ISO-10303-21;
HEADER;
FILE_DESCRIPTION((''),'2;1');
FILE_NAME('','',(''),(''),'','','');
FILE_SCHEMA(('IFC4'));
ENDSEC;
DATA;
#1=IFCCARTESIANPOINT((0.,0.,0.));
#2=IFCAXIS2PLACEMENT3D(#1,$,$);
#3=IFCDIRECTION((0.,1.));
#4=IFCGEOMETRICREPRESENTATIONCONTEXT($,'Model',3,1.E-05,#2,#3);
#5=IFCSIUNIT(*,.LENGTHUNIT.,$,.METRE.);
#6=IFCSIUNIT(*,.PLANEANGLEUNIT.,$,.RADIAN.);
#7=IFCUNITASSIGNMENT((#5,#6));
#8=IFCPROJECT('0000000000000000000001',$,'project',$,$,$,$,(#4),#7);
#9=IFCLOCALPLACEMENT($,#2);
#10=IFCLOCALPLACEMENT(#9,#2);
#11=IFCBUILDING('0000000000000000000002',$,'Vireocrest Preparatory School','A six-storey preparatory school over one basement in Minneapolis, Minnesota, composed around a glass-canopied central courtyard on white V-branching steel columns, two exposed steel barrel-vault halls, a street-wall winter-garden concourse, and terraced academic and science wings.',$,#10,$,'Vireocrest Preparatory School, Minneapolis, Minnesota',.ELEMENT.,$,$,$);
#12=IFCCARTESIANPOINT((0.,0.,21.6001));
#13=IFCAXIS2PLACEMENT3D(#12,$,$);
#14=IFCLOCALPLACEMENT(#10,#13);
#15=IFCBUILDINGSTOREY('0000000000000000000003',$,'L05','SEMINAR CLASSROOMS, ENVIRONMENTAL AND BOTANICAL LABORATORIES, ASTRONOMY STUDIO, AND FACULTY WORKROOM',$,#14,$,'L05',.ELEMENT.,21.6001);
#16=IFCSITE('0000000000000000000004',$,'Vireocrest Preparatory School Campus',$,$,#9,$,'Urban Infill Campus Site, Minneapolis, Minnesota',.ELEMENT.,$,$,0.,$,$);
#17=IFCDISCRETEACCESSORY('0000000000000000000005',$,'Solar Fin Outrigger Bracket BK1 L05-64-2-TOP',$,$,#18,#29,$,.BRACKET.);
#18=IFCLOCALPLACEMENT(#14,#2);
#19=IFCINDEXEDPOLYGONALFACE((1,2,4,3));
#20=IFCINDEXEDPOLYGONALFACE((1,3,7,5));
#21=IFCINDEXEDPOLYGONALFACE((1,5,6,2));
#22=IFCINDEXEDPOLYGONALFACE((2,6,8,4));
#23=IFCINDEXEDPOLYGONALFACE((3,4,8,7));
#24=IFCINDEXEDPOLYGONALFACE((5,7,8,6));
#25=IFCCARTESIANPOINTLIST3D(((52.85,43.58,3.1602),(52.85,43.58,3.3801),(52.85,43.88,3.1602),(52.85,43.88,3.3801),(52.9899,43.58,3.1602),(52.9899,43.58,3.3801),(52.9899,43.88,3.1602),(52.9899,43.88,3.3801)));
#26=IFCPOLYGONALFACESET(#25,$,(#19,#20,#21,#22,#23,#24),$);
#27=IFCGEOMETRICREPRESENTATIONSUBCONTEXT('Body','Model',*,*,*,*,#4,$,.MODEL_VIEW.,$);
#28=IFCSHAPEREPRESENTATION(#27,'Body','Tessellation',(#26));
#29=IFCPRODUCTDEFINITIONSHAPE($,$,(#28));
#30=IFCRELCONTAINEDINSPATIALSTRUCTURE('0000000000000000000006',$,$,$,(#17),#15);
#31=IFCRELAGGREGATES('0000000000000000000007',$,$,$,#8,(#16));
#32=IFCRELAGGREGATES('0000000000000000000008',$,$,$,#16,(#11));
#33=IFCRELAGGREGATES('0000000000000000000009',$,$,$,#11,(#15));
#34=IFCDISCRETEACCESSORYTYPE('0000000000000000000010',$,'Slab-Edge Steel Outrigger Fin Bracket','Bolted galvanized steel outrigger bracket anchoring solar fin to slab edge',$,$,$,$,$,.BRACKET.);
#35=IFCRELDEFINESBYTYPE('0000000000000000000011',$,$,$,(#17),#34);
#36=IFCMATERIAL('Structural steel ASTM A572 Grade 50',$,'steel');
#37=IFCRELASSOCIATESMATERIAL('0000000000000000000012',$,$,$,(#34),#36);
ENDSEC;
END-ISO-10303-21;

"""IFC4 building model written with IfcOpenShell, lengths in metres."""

from ifc_helpers import new_model, si_unit, direction, frame, origin, origin_2d, place, context, subcontext, project, spatial, rectangle, extrude, material, type_object, element, save


model = new_model("IFC4")

# Units and contexts
model_context = context("Model", 3, precision=1e-05, world=origin(), true_north=direction((0.0, 1.0)))
body_context = subcontext(model_context, "Body", "Model", "MODEL_VIEW")
ifc_project = project(units=[si_unit("LENGTHUNIT", "METRE"), si_unit("PLANEANGLEUNIT", "RADIAN")], contexts=[model_context])

# Site, building, storey
site_placement = place(None, origin())
site = spatial("IfcSite", under=ifc_project, at=site_placement, Name="Vireocrest Preparatory School Campus", LongName="Urban Infill Campus Site, Minneapolis, Minnesota", CompositionType="ELEMENT", RefElevation=0.0)
building_placement = place(site_placement, origin())
building = spatial("IfcBuilding", under=site, at=building_placement, Name="Vireocrest Preparatory School", Description="A six-storey preparatory school over one basement in Minneapolis, Minnesota, composed around a glass-canopied central courtyard on white V-branching steel columns, two exposed steel barrel-vault halls, a street-wall winter-garden concourse, and terraced academic and science wings.", LongName="Vireocrest Preparatory School, Minneapolis, Minnesota", CompositionType="ELEMENT")
storey_placement = place(building_placement, frame((0.0, 0.0, 21.6001)))
storey = spatial("IfcBuildingStorey", under=building, at=storey_placement, Name="L05", Description="SEMINAR CLASSROOMS, ENVIRONMENTAL AND BOTANICAL LABORATORIES, ASTRONOMY STUDIO, AND FACULTY WORKROOM", LongName="L05", CompositionType="ELEMENT", Elevation=21.6001)

# Discrete accessory
ifc_material_1 = material(Name="Structural steel ASTM A572 Grade 50", Category="steel")
discrete_accessory_type = type_object("IfcDiscreteAccessoryType", Name="Slab-Edge Steel Outrigger Fin Bracket", Description="Bolted galvanized steel outrigger bracket anchoring solar fin to slab edge", PredefinedType="BRACKET", material=ifc_material_1)
for number, where, z_axis, x_axis, name in (
    (1, (52.9199, 43.73, 3.1602), (0.0, 0.0, 1.0), (-1.0, 0.0, 0.0), "Solar Fin Outrigger Bracket BK1 L05-64-2-TOP"),
):
    element("IfcDiscreteAccessory", number, at=place(storey_placement, frame(where, z_axis=z_axis, x_axis=x_axis)), inside=storey, type_object=discrete_accessory_type, Name=name, PredefinedType="BRACKET", context=body_context, shape_type="SweptSolid", body=[
        extrude(rectangle(XDim=0.1399, YDim=0.3, at=origin_2d()), origin(), (0.0, 0.0, 1.0), 0.22),
    ])

save(model, "model.ifc")
